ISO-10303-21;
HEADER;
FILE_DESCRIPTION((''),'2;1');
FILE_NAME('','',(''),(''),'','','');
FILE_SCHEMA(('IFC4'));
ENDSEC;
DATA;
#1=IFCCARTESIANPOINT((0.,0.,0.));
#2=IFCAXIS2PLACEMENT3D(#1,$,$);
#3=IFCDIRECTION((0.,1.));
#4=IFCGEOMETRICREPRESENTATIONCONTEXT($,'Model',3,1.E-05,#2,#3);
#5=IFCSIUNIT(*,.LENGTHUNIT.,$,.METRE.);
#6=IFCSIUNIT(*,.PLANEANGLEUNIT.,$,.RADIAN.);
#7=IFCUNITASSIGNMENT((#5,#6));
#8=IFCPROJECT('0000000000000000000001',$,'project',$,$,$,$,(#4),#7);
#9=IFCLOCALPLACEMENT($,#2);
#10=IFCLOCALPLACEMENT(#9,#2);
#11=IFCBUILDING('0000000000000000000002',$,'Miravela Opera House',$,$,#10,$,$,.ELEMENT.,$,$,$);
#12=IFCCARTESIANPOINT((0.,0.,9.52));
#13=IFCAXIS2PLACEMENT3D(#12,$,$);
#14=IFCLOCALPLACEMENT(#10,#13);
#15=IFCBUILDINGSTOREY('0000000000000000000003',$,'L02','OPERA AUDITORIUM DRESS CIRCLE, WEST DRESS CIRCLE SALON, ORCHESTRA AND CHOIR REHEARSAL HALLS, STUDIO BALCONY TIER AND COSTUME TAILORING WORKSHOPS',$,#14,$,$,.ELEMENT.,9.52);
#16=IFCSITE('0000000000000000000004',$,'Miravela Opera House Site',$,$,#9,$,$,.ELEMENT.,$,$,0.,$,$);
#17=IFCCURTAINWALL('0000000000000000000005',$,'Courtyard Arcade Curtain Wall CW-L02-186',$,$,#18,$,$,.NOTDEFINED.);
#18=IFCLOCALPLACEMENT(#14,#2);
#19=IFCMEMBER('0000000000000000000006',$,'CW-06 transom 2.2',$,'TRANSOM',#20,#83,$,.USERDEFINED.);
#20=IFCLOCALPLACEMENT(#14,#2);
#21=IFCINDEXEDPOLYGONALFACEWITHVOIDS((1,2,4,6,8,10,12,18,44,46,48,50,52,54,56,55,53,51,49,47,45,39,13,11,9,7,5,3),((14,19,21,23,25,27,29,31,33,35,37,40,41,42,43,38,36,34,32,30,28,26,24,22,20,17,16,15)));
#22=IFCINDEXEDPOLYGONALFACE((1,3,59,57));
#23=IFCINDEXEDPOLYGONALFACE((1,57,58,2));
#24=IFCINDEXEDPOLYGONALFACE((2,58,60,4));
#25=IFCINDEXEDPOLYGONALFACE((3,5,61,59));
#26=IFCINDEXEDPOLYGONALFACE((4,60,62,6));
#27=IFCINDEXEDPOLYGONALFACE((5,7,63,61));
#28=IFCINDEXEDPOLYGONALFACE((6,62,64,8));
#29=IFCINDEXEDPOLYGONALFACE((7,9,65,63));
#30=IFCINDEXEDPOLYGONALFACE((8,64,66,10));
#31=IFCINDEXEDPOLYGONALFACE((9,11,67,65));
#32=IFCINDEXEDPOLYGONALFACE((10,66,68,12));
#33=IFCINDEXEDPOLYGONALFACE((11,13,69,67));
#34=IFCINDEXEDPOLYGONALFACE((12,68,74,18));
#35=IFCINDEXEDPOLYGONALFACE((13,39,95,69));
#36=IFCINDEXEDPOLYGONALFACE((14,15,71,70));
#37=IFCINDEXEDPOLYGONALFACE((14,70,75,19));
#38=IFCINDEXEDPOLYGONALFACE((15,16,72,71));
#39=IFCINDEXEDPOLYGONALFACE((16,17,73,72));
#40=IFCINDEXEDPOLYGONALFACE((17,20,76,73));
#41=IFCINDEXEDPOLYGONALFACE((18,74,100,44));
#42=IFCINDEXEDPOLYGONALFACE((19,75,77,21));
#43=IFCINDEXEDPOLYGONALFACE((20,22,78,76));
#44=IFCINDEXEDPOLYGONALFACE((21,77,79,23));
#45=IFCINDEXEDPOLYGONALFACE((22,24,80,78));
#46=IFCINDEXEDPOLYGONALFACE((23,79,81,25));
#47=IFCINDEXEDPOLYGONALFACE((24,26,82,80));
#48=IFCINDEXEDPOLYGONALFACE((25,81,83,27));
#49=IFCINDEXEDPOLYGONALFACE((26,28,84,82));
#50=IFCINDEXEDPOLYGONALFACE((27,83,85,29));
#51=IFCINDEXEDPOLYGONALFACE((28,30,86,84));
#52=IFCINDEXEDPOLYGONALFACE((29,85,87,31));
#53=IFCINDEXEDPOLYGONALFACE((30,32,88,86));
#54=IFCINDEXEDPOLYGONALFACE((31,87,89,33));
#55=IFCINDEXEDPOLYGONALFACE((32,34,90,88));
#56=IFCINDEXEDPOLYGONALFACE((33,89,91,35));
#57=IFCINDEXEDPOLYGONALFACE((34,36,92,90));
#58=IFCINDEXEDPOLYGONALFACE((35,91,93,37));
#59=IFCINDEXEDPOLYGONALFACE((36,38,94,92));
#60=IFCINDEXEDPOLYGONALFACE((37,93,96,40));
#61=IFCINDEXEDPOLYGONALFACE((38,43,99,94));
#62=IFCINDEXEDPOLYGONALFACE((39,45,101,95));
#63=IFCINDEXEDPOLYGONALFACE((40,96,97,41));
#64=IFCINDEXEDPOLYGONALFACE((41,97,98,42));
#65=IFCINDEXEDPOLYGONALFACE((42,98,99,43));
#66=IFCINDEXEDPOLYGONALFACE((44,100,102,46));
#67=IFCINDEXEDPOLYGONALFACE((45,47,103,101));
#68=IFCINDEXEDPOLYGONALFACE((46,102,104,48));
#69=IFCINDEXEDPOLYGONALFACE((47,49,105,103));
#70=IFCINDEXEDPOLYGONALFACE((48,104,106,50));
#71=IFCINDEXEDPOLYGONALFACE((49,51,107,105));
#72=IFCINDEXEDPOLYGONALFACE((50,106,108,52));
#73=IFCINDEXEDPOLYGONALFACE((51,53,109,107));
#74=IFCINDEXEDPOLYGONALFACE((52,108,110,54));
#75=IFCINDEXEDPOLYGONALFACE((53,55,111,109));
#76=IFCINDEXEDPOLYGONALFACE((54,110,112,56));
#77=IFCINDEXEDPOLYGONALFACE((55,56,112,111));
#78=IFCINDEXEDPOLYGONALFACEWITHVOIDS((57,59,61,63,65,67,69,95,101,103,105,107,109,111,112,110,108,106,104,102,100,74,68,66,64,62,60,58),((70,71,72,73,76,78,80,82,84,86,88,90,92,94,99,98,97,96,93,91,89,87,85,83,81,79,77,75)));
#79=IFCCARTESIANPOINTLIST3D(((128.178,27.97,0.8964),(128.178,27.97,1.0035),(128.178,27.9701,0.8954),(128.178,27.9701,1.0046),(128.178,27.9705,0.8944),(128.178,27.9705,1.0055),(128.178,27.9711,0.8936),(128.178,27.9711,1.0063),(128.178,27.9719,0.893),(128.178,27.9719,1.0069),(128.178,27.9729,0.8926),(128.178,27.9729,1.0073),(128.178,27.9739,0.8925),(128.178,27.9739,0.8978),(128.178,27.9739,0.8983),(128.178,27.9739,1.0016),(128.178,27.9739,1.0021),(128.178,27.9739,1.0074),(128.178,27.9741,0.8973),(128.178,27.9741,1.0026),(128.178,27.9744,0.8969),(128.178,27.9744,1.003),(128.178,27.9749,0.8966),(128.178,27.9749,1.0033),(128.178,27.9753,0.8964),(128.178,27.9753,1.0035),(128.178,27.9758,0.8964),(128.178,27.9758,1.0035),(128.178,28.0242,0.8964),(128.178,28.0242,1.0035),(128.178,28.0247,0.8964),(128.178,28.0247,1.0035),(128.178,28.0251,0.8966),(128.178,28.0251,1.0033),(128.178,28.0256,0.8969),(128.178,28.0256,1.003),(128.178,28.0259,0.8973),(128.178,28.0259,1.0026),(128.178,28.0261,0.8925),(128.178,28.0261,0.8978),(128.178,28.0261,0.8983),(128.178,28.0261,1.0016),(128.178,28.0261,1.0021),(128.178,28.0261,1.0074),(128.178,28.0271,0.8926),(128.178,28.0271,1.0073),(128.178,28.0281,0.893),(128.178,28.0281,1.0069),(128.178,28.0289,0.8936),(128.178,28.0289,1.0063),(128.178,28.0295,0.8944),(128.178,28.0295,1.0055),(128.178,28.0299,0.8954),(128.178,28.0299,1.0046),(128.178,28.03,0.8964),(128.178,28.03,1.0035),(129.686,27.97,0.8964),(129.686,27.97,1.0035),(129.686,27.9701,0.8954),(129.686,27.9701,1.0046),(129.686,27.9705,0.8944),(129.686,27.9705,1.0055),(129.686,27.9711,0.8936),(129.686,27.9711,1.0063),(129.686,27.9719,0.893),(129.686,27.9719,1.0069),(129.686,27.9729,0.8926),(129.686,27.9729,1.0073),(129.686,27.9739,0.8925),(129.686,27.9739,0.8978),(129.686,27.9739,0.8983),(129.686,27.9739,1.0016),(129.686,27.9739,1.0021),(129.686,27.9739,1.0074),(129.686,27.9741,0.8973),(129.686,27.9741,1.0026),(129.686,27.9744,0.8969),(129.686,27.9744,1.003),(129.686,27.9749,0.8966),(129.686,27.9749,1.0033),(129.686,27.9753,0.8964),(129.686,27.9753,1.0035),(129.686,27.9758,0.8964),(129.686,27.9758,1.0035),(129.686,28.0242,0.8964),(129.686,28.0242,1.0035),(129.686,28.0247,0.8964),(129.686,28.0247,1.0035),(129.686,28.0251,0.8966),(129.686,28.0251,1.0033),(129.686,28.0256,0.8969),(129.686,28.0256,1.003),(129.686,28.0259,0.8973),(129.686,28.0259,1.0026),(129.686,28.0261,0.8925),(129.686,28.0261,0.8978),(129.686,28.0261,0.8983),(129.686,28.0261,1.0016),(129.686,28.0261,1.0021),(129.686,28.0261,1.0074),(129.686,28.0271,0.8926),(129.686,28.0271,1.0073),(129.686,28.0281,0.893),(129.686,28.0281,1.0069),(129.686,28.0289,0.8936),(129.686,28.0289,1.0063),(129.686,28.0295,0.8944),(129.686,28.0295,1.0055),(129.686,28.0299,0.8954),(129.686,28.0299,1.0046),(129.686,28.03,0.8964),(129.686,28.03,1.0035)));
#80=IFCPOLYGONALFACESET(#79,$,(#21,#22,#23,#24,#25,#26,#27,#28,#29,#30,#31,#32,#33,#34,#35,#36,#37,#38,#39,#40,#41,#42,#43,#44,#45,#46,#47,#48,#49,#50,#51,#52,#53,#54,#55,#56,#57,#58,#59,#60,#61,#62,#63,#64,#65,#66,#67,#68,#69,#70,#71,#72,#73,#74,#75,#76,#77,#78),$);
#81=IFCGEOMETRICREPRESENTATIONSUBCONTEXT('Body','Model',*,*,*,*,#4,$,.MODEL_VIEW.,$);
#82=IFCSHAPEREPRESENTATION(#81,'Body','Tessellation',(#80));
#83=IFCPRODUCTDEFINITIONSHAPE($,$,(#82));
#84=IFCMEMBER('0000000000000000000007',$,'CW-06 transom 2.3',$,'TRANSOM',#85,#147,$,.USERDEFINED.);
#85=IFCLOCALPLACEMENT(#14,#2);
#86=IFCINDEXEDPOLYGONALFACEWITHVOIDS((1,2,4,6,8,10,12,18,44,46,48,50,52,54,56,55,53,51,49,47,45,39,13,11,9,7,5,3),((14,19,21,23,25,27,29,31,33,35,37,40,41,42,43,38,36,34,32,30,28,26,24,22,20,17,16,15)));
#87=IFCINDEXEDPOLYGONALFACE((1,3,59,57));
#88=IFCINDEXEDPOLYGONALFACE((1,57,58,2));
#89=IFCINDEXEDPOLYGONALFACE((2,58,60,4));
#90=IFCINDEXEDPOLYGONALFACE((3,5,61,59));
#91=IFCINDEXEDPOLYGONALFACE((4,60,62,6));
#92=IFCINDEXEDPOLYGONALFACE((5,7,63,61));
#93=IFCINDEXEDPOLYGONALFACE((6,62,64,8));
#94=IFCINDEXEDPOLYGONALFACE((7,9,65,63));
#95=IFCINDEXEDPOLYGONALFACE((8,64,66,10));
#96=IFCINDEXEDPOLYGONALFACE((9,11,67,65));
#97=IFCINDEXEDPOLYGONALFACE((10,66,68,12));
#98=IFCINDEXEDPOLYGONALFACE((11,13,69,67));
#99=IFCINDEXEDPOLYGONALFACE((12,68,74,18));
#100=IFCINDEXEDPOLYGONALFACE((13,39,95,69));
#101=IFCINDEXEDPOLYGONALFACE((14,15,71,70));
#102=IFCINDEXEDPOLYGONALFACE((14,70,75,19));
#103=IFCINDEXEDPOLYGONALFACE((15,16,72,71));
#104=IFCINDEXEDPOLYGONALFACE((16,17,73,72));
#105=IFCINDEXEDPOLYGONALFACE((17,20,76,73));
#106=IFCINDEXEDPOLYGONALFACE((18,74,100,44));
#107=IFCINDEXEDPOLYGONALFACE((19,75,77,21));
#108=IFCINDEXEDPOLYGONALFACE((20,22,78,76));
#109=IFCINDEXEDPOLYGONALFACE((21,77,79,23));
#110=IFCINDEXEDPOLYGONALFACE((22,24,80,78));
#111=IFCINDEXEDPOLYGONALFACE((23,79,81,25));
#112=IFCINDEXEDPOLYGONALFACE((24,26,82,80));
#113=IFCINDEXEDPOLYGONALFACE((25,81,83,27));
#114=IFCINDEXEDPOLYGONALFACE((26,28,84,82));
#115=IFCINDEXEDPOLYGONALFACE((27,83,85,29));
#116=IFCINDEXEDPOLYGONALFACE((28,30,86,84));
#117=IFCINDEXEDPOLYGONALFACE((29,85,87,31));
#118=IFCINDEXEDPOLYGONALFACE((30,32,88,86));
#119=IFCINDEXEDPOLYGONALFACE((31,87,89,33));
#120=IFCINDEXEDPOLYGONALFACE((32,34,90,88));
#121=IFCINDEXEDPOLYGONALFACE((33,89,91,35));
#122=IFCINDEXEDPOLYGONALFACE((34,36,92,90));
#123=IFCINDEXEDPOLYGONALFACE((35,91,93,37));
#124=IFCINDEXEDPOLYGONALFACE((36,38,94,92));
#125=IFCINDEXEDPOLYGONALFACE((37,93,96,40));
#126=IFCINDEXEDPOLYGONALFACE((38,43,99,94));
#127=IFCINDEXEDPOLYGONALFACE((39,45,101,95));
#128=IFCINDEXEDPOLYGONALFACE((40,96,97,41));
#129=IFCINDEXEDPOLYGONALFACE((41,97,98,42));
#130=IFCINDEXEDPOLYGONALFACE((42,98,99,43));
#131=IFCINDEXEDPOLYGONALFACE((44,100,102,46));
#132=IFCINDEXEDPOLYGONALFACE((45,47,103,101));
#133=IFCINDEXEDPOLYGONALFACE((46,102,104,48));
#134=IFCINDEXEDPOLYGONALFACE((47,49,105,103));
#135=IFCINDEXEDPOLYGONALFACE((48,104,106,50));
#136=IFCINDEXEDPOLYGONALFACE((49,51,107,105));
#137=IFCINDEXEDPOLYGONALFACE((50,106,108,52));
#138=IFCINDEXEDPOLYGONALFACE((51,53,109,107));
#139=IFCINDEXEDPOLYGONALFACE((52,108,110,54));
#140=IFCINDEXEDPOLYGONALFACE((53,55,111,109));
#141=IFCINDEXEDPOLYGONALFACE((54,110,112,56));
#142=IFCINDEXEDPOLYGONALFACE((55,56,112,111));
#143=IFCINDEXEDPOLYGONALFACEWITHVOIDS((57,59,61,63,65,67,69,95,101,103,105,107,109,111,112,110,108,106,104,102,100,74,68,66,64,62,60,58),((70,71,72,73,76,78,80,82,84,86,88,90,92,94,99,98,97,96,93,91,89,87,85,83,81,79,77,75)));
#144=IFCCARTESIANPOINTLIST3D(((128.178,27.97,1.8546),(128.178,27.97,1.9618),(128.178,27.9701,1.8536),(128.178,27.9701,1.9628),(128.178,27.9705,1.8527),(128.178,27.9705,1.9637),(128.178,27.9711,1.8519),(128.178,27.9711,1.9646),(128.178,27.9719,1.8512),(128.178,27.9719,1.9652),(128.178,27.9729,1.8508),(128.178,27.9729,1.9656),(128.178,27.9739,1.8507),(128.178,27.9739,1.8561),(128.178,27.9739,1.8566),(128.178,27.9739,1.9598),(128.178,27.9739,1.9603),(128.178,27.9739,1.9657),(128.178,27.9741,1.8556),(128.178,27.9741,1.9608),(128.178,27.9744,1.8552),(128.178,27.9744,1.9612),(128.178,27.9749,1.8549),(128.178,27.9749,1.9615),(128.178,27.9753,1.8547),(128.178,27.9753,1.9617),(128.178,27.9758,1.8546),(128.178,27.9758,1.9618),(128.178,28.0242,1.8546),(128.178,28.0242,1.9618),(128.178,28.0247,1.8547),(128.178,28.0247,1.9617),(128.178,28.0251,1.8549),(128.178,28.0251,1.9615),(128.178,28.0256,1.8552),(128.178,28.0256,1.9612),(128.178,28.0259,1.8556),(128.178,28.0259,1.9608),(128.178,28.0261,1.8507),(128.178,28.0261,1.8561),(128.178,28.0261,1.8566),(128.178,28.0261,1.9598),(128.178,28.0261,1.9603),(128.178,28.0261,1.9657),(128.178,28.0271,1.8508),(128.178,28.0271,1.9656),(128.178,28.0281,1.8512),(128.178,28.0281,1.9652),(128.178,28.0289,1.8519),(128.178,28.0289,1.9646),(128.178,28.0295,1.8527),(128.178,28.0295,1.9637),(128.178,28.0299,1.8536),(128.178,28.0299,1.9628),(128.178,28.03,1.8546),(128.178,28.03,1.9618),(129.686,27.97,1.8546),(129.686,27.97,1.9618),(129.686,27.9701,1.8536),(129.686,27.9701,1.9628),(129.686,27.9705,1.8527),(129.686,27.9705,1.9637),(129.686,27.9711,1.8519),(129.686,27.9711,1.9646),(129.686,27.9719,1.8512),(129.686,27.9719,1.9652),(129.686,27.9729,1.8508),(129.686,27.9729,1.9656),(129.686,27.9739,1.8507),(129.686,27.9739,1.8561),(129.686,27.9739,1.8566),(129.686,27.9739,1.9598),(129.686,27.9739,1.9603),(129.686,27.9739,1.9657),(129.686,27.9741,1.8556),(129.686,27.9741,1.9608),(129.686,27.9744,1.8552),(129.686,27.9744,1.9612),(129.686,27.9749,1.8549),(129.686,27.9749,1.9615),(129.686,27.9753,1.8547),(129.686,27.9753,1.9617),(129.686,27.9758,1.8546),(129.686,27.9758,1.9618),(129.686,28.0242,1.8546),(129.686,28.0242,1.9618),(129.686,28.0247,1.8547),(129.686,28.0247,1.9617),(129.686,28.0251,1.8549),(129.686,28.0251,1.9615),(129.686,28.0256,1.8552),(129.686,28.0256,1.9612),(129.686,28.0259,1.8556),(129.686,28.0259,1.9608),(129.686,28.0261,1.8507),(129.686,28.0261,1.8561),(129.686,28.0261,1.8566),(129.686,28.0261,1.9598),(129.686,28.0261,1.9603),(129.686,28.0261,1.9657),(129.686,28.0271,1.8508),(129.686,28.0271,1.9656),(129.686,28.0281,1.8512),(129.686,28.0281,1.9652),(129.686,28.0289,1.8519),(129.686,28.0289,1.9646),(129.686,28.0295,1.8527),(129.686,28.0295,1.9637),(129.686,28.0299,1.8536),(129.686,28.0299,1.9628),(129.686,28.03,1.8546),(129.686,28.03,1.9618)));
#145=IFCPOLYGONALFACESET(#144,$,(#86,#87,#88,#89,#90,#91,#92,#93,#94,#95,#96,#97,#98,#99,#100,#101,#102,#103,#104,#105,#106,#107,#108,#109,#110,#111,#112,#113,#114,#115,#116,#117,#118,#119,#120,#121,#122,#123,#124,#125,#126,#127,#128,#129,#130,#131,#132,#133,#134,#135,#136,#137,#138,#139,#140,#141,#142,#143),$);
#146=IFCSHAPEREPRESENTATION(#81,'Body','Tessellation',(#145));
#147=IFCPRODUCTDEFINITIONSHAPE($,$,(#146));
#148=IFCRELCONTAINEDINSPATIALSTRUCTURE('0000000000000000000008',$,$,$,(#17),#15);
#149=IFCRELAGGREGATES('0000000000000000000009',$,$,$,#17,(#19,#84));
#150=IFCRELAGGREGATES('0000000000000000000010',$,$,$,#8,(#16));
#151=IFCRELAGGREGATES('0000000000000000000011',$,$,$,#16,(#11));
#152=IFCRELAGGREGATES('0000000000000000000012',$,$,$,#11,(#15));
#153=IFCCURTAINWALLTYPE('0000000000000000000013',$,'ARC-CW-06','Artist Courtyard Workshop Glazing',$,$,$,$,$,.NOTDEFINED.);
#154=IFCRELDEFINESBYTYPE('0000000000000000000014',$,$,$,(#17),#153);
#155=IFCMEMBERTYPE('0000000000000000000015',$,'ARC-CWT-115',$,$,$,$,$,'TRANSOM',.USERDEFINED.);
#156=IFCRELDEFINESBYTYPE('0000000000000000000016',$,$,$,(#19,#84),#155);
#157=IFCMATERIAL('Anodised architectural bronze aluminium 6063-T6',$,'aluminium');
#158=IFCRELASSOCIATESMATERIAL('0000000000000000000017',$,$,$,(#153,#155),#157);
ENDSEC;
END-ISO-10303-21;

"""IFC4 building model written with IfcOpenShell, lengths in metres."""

from ifc_helpers import new_model, si_unit, direction, frame, origin, origin_2d, place, context, subcontext, project, spatial, hollow_rectangle, extrude, material, material_profile, profile_set, type_object, element, aggregate, save


model = new_model("IFC4")

# Units and contexts
model_context = context("Model", 3, precision=1e-05, world=origin(), true_north=direction((0.0, 1.0)))
body_context = subcontext(model_context, "Body", "Model", "MODEL_VIEW")
ifc_project = project(units=[si_unit("LENGTHUNIT", "METRE"), si_unit("PLANEANGLEUNIT", "RADIAN")], contexts=[model_context])

# Site, building, storey
site_placement = place(None, origin())
site = spatial("IfcSite", under=ifc_project, at=site_placement, Name="Miravela Opera House Site", CompositionType="ELEMENT", RefElevation=0.0)
building_placement = place(site_placement, origin())
building = spatial("IfcBuilding", under=site, at=building_placement, Name="Miravela Opera House", CompositionType="ELEMENT")
storey_placement = place(building_placement, frame((0.0, 0.0, 9.52)))
storey = spatial("IfcBuildingStorey", under=building, at=storey_placement, Name="L02", Description="OPERA AUDITORIUM DRESS CIRCLE, WEST DRESS CIRCLE SALON, ORCHESTRA AND CHOIR REHEARSAL HALLS, STUDIO BALCONY TIER AND COSTUME TAILORING WORKSHOPS", CompositionType="ELEMENT", Elevation=9.52)

# Curtain wall, members
ifc_material_1 = material(Name="Anodised architectural bronze aluminium 6063-T6", Category="aluminium")
curtain_wall_type = type_object("IfcCurtainWallType", Name="ARC-CW-06", Description="Artist Courtyard Workshop Glazing", PredefinedType="NOTDEFINED", material=ifc_material_1)
curtain_wall_placement = place(storey_placement, origin())
curtain_wall = element("IfcCurtainWall", 1, at=curtain_wall_placement, inside=storey, type_object=curtain_wall_type, Name="Courtyard Arcade Curtain Wall CW-L02-186", PredefinedType="NOTDEFINED")
ifc_material_profile_1 = material_profile(ifc_material_1, hollow_rectangle(XDim=0.0601, YDim=0.115, WallThickness=0.0039, InnerFilletRadius=0.002, OuterFilletRadius=0.0039, at=origin_2d()), Name="CWT-60X115")
ifc_profile_set_1 = profile_set([ifc_material_profile_1])
member_type_1 = type_object("IfcMemberType", Name="ARC-CWT-115", ElementType="TRANSOM", PredefinedType="USERDEFINED", material=ifc_profile_set_1)
member_1_placement = place(storey_placement, frame((128.178, 28.0, 0.95), z_axis=(1.0, 0.0, 0.0), x_axis=(0.0, 1.0, 0.0)))
member_1 = element("IfcMember", 2, at=member_1_placement, type_object=member_type_1, Name="CW-06 transom 2.2", ObjectType="TRANSOM", PredefinedType="USERDEFINED", context=body_context, shape_type="SweptSolid", body=[
    extrude(hollow_rectangle(XDim=0.0601, YDim=0.115, WallThickness=0.0039, InnerFilletRadius=0.002, OuterFilletRadius=0.0039, at=origin_2d()), origin(), (0.0, 0.0, 1.0), 1.5081),
])
member_2_placement = place(storey_placement, frame((128.178, 28.0, 1.9082), z_axis=(1.0, 0.0, 0.0), x_axis=(0.0, 1.0, 0.0)))
member_2 = element("IfcMember", 3, at=member_2_placement, type_object=member_type_1, Name="CW-06 transom 2.3", ObjectType="TRANSOM", PredefinedType="USERDEFINED", context=body_context, shape_type="SweptSolid", body=[
    extrude(hollow_rectangle(XDim=0.0601, YDim=0.115, WallThickness=0.0039, InnerFilletRadius=0.002, OuterFilletRadius=0.0039, at=origin_2d()), origin(), (0.0, 0.0, 1.0), 1.5081),
])

aggregate(curtain_wall, [member_1, member_2])

save(model, "model.ifc")
